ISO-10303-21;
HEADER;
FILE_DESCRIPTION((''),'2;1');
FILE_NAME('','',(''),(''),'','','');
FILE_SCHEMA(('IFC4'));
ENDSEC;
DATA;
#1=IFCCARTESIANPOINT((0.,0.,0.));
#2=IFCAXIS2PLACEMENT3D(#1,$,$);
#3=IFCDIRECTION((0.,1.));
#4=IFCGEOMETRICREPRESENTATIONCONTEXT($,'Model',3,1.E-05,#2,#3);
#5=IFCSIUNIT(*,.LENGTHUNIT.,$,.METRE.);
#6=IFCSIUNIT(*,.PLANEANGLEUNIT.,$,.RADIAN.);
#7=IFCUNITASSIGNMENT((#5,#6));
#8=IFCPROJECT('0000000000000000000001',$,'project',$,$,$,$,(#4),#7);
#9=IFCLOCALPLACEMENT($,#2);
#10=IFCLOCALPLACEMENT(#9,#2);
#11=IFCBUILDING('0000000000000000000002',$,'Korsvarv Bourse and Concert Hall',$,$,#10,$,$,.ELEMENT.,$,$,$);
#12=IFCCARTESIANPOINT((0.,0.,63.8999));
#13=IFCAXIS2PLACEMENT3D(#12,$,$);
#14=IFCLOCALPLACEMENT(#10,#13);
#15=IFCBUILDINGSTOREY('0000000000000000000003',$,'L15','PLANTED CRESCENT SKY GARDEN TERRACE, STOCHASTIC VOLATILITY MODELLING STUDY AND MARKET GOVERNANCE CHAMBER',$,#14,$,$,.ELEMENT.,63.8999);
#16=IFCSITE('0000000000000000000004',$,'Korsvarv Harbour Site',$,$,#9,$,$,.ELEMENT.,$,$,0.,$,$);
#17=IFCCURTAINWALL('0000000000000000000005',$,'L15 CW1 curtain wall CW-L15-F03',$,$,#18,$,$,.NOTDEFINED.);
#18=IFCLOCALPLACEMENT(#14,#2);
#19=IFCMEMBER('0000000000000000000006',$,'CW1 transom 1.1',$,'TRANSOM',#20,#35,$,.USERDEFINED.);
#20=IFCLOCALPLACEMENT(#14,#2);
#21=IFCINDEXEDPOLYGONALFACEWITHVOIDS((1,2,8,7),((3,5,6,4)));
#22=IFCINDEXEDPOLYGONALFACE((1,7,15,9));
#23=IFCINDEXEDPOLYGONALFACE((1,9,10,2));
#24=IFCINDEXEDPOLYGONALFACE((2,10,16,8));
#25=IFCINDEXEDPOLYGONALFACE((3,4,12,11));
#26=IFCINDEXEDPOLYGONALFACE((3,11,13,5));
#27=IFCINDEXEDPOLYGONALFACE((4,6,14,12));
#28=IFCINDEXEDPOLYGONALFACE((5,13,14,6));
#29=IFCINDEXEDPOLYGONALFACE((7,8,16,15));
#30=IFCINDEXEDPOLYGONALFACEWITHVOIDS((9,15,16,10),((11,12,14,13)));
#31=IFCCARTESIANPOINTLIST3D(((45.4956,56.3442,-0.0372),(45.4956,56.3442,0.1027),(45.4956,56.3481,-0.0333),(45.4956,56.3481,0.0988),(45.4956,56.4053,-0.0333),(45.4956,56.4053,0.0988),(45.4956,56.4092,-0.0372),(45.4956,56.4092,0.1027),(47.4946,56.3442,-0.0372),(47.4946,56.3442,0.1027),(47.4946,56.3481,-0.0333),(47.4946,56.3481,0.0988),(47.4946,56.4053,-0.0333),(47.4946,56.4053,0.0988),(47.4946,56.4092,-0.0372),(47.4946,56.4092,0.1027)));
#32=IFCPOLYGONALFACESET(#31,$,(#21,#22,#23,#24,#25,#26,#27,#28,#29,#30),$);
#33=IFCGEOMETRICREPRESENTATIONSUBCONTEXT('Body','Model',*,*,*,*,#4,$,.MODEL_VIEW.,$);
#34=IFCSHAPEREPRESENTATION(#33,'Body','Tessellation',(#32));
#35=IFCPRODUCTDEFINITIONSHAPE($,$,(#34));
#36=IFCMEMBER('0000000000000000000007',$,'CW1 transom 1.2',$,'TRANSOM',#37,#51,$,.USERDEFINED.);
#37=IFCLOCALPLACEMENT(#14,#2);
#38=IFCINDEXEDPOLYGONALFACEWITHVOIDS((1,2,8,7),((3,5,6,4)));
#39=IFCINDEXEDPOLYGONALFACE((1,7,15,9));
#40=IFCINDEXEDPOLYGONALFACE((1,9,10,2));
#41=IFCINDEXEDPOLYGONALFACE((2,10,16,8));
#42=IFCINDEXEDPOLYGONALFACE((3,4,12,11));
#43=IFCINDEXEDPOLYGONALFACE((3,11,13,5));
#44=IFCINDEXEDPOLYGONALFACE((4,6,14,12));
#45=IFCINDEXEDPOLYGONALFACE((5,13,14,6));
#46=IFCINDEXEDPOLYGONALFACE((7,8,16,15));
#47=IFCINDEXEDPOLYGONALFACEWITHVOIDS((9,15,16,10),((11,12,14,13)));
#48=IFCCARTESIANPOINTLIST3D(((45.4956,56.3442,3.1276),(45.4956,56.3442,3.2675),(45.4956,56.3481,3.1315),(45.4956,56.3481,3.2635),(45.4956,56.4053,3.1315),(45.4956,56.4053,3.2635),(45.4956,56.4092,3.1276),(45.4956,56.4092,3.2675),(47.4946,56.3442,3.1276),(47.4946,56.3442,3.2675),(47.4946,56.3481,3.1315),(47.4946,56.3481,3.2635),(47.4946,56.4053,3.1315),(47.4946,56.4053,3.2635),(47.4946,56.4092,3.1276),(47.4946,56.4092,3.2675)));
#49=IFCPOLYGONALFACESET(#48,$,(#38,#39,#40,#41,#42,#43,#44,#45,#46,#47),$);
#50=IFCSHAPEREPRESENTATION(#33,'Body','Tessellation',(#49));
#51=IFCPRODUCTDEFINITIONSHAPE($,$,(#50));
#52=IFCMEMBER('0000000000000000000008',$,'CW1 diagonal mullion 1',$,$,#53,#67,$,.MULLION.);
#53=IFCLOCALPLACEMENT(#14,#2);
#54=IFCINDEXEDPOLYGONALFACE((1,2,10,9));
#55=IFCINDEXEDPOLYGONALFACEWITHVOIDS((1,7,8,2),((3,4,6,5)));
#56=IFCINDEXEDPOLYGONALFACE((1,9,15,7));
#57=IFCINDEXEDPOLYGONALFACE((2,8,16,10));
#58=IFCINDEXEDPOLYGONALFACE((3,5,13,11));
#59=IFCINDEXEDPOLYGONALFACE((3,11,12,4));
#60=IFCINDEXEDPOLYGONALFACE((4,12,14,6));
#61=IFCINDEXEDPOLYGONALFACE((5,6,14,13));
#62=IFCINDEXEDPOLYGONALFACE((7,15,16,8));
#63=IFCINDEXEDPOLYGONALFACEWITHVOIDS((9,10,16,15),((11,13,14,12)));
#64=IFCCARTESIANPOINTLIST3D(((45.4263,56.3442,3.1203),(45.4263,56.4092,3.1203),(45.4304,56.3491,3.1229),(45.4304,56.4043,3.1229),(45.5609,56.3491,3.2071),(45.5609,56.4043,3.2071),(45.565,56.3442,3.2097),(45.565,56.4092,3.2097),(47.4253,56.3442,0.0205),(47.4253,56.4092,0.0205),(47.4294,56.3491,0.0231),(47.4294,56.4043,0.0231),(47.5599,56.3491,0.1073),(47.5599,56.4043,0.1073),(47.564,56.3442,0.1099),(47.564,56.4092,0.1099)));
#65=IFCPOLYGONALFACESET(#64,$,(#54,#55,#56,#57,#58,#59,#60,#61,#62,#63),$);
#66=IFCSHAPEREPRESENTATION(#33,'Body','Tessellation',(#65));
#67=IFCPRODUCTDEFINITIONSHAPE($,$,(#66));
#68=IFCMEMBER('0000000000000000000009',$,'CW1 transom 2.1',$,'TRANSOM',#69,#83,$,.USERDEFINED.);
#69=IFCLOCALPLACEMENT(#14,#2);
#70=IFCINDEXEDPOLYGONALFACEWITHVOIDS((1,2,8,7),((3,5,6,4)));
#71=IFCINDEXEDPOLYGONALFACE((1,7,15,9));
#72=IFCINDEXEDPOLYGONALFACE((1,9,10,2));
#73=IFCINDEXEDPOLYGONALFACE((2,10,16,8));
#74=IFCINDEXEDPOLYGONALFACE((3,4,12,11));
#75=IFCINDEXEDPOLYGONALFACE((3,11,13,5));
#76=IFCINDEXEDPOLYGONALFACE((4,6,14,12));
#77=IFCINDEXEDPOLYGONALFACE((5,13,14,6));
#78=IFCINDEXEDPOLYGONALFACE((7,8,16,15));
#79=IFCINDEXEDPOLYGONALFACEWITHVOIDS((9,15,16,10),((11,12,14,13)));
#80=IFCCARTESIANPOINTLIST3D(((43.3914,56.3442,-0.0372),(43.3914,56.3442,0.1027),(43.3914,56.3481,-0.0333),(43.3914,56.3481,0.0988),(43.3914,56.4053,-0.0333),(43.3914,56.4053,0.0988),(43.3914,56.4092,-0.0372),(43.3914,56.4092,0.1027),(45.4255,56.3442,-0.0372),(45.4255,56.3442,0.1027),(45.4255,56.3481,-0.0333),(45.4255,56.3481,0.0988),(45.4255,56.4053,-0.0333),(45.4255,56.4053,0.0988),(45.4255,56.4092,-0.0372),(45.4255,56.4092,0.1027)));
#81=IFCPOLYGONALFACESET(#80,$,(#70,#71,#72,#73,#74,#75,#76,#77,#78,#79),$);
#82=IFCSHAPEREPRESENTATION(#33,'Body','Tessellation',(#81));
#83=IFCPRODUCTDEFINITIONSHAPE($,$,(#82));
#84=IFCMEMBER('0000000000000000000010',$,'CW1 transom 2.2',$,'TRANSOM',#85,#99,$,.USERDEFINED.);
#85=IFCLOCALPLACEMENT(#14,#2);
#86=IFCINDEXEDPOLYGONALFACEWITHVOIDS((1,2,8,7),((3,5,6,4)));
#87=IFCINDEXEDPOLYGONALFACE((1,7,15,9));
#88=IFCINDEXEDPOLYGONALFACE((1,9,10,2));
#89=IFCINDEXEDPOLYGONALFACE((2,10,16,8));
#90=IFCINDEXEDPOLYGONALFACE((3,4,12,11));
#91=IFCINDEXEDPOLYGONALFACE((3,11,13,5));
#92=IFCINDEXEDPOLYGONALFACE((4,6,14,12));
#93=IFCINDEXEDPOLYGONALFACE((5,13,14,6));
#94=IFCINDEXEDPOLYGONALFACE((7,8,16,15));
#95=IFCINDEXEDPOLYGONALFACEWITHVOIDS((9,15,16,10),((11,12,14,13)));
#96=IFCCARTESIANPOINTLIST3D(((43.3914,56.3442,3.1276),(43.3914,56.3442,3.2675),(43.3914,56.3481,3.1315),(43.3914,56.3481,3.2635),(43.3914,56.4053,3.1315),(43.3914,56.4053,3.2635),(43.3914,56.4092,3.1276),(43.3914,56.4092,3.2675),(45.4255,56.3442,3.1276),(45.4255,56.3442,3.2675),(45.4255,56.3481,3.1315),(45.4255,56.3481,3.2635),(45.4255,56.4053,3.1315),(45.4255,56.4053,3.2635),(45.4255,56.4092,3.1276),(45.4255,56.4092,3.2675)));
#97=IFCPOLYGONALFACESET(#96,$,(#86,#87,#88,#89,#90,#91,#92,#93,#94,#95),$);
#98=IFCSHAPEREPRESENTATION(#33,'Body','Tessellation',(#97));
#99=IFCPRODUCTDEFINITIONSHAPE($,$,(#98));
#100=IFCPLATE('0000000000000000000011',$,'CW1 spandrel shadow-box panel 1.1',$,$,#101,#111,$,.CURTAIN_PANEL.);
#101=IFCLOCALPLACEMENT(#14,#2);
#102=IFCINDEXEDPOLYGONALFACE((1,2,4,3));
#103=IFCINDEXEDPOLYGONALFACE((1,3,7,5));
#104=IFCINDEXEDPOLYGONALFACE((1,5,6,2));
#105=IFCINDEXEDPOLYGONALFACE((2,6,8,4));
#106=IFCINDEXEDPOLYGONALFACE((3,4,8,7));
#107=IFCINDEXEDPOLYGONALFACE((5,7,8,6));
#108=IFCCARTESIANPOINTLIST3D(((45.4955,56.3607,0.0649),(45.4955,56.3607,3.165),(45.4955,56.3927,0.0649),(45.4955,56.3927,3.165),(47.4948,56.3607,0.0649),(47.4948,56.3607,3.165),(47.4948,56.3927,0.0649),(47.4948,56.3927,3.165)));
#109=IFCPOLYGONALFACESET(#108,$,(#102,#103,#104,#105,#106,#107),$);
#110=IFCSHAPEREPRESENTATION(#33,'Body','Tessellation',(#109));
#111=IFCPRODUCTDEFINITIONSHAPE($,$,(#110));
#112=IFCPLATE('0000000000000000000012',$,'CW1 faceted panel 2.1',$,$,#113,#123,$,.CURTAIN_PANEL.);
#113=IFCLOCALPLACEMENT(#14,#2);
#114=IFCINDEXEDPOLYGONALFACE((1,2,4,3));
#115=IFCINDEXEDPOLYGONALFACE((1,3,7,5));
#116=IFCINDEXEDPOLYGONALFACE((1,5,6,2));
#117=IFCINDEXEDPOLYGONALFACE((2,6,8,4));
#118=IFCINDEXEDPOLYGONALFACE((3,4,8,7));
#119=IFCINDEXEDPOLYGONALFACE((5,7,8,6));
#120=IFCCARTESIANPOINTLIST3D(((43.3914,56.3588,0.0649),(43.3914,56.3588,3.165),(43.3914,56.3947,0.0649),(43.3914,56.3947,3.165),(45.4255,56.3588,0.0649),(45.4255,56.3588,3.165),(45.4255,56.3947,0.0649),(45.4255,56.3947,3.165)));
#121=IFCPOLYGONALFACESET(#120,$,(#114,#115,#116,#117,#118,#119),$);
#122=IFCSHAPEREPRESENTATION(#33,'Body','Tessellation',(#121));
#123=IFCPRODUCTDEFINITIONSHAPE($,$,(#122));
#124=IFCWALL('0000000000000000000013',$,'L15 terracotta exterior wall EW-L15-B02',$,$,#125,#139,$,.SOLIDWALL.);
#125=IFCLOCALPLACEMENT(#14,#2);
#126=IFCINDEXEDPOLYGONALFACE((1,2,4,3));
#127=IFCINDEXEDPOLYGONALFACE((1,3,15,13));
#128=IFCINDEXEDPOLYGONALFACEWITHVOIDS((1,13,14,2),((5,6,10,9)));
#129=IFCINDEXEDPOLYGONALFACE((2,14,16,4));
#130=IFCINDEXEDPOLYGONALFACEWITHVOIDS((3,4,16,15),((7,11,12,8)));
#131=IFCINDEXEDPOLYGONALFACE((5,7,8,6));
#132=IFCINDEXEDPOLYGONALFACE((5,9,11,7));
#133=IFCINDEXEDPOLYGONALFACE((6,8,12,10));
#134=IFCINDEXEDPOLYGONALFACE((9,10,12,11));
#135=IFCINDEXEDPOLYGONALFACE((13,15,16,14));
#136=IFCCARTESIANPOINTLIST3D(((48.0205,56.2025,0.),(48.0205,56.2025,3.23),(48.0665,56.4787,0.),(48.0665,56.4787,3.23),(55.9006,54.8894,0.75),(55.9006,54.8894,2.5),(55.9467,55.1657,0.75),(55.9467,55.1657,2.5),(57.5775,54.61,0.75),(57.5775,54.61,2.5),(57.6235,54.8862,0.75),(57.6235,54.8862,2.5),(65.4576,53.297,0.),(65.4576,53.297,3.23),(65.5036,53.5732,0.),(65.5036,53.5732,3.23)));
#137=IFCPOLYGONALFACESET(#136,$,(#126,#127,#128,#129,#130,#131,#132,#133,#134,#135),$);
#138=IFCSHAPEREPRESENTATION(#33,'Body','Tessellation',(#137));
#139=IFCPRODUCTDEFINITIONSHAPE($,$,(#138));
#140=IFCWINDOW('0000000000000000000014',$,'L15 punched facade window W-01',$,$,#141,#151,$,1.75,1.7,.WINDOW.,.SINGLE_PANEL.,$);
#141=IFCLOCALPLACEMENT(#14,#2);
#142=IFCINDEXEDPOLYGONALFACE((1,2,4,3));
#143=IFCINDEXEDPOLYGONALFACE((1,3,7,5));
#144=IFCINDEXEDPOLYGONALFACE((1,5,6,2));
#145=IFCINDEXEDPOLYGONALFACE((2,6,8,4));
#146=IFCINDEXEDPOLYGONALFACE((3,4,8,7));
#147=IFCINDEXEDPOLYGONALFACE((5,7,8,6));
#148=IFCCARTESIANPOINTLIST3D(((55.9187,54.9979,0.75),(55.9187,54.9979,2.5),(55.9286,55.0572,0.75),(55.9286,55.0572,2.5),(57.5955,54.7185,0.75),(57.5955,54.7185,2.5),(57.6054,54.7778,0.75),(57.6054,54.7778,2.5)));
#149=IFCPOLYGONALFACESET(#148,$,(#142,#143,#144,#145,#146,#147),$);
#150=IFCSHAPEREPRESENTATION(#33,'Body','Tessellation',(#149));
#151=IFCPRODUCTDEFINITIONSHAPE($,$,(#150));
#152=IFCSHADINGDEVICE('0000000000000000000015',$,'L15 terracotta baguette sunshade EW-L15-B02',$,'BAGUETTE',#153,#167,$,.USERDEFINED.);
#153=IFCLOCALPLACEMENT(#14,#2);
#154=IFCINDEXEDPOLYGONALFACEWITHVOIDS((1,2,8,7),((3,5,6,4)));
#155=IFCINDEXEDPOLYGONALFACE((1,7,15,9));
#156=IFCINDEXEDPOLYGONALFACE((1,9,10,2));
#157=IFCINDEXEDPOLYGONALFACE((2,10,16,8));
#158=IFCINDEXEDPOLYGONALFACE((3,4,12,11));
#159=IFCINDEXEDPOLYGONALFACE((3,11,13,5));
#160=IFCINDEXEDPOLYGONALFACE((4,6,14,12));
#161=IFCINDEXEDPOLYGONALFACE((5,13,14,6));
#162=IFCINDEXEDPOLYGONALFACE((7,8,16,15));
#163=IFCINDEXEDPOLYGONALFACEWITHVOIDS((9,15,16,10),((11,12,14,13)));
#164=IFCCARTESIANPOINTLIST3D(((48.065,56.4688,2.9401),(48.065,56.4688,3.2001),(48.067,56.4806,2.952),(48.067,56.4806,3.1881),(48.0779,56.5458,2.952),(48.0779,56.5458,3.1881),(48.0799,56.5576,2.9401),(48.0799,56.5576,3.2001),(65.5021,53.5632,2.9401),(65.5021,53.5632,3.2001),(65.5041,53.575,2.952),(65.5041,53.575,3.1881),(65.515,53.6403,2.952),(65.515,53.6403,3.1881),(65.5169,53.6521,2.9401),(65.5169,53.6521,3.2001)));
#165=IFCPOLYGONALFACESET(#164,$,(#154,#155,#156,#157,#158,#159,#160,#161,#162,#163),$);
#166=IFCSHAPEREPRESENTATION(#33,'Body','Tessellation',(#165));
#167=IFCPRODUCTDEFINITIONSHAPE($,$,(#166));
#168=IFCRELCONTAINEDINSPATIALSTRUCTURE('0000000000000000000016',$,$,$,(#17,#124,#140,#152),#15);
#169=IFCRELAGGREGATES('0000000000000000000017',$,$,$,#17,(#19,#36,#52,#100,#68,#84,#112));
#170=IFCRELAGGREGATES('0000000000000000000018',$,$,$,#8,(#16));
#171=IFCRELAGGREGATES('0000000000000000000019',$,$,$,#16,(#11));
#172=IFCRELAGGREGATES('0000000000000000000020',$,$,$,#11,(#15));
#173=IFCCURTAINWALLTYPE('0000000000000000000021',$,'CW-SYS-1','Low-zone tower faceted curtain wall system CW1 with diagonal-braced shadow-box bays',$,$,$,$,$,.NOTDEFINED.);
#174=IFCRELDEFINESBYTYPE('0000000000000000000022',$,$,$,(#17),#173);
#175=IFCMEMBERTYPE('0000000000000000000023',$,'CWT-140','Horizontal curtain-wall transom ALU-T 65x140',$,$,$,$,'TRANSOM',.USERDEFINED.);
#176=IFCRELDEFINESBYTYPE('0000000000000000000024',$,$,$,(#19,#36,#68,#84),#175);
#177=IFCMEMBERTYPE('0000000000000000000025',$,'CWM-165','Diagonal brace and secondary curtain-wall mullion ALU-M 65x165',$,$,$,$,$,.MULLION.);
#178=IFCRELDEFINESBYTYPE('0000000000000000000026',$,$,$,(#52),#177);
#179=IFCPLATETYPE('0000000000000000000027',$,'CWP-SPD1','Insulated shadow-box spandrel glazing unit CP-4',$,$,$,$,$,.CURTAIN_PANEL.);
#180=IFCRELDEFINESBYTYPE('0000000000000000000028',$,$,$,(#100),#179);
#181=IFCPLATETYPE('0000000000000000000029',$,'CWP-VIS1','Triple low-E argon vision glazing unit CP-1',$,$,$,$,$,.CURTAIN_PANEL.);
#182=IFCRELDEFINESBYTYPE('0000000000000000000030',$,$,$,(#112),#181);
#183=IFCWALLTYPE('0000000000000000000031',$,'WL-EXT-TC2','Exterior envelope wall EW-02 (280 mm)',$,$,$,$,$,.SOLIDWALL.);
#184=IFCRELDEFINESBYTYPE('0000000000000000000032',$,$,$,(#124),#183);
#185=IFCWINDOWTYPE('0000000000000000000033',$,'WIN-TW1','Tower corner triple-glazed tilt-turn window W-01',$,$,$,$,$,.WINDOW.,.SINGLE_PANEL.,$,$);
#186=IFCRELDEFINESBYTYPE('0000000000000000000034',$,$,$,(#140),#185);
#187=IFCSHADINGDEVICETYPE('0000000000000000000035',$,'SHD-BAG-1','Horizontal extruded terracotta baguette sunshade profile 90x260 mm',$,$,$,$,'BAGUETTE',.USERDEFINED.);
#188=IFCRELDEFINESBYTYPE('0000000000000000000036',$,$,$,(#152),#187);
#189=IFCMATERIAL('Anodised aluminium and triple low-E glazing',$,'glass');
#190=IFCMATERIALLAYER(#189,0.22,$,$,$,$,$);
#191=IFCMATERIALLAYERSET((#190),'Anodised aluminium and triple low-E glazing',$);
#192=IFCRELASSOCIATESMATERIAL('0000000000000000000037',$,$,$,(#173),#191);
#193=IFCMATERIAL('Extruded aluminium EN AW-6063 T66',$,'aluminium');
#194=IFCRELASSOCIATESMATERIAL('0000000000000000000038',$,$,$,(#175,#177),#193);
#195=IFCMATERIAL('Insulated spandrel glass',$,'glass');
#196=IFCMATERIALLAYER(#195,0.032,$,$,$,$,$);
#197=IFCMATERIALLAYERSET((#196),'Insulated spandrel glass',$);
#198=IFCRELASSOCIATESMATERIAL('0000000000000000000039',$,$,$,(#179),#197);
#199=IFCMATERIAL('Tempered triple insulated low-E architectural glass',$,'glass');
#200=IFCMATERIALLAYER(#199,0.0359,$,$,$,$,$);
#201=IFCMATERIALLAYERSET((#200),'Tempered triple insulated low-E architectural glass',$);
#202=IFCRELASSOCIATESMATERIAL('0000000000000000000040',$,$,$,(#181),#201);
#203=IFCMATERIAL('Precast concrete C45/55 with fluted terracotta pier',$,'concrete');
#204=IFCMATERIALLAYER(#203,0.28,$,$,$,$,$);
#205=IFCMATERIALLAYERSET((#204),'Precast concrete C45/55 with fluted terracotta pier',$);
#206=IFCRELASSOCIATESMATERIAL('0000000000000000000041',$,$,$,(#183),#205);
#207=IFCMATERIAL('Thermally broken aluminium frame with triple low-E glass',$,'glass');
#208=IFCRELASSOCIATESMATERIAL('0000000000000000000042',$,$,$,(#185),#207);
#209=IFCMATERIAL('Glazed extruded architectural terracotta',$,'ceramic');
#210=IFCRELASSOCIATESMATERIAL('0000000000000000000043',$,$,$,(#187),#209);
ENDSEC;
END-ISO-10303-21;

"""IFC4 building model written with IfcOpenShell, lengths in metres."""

from ifc_helpers import new_model, si_unit, direction, frame, frame_2d, origin, origin_2d, place, context, subcontext, project, spatial, rectangle, hollow_rectangle, extrude, source, transform, mapped, material, layer, layer_set, material_profile, profile_set, type_object, element, fill, aggregate, save


model = new_model("IFC4")

# Units and contexts
model_context = context("Model", 3, precision=1e-05, world=origin(), true_north=direction((0.0, 1.0)))
body_context = subcontext(model_context, "Body", "Model", "MODEL_VIEW")
ifc_project = project(units=[si_unit("LENGTHUNIT", "METRE"), si_unit("PLANEANGLEUNIT", "RADIAN")], contexts=[model_context])

# Site, building, storey
site_placement = place(None, origin())
site = spatial("IfcSite", under=ifc_project, at=site_placement, Name="Korsvarv Harbour Site", CompositionType="ELEMENT", RefElevation=0.0)
building_placement = place(site_placement, origin())
building = spatial("IfcBuilding", under=site, at=building_placement, Name="Korsvarv Bourse and Concert Hall", CompositionType="ELEMENT")
storey_placement = place(building_placement, frame((0.0, 0.0, 63.8999)))
storey = spatial("IfcBuildingStorey", under=building, at=storey_placement, Name="L15", Description="PLANTED CRESCENT SKY GARDEN TERRACE, STOCHASTIC VOLATILITY MODELLING STUDY AND MARKET GOVERNANCE CHAMBER", CompositionType="ELEMENT", Elevation=63.8999)

# Curtain wall, members, plates
ifc_material_1 = material(Name="Anodised aluminium and triple low-E glazing", Category="glass")
ifc_layer_1 = layer(ifc_material_1, 0.22)
ifc_layer_set_1 = layer_set([ifc_layer_1], Name="Anodised aluminium and triple low-E glazing")
curtain_wall_type = type_object("IfcCurtainWallType", Name="CW-SYS-1", Description="Low-zone tower faceted curtain wall system CW1 with diagonal-braced shadow-box bays", PredefinedType="NOTDEFINED", material=ifc_layer_set_1)
curtain_wall_placement = place(storey_placement, origin())
curtain_wall = element("IfcCurtainWall", 1, at=curtain_wall_placement, inside=storey, type_object=curtain_wall_type, Name="L15 CW1 curtain wall CW-L15-F03", PredefinedType="NOTDEFINED")
ifc_material_2 = material(Name="Extruded aluminium EN AW-6063 T66", Category="aluminium")
ifc_material_profile_1 = material_profile(ifc_material_2, hollow_rectangle(XDim=0.0649, YDim=0.1399, WallThickness=0.0039, at=origin_2d()), Name="ALU-T 65x140")
ifc_profile_set_1 = profile_set([ifc_material_profile_1], Name="Extruded aluminium EN AW-6063 T66")
member_type_1 = type_object("IfcMemberType", Name="CWT-140", Description="Horizontal curtain-wall transom ALU-T 65x140", ElementType="TRANSOM", PredefinedType="USERDEFINED", material=ifc_profile_set_1)
shared_shape_1 = source(origin(), body_context, "Body", "SweptSolid", [
    extrude(hollow_rectangle(XDim=0.0649, YDim=0.1399, WallThickness=0.0039, at=origin_2d()), origin(), (0.0, 0.0, 1.0), 1.999),
])
member_1_placement = place(storey_placement, frame((47.4946, 56.3767, 0.0327), z_axis=(-1.0, 0.0, 0.0), x_axis=(0.0, -1.0, 0.0)))
member_1 = element("IfcMember", 2, at=member_1_placement, type_object=member_type_1, Name="CW1 transom 1.1", ObjectType="TRANSOM", PredefinedType="USERDEFINED", context=body_context, shape_type="MappedRepresentation", body=[
    mapped(shared_shape_1, transform((0.0, 0.0, 0.0), scale=1.0)),
])
member_2_placement = place(storey_placement, frame((47.4946, 56.3767, 3.1975), z_axis=(-1.0, 0.0, 0.0), x_axis=(0.0, -1.0, 0.0)))
member_2 = element("IfcMember", 3, at=member_2_placement, type_object=member_type_1, Name="CW1 transom 1.2", ObjectType="TRANSOM", PredefinedType="USERDEFINED", context=body_context, shape_type="MappedRepresentation", body=[
    mapped(shared_shape_1, transform((0.0, 0.0, 0.0), scale=1.0)),
])
ifc_material_profile_2 = material_profile(ifc_material_2, hollow_rectangle(XDim=0.0649, YDim=0.165, WallThickness=0.0049, at=origin_2d()), Name="ALU-M 65x165")
ifc_profile_set_2 = profile_set([ifc_material_profile_2], Name="Extruded aluminium EN AW-6063 T66")
member_type_2 = type_object("IfcMemberType", Name="CWM-165", Description="Diagonal brace and secondary curtain-wall mullion ALU-M 65x165", PredefinedType="MULLION", material=ifc_profile_set_2)
shared_shape_2 = source(origin(), body_context, "Body", "SweptSolid", [
    extrude(hollow_rectangle(XDim=0.0649, YDim=0.165, WallThickness=0.0049, at=origin_2d()), origin(), (0.0, 0.0, 1.0), 3.6885),
])
member_3_placement = place(storey_placement, frame((47.4946, 56.3767, 0.0652), z_axis=(-0.541958, 0.0, 0.840406), x_axis=(0.0, -1.0, 0.0)))
member_3 = element("IfcMember", 4, at=member_3_placement, type_object=member_type_2, Name="CW1 diagonal mullion 1", PredefinedType="MULLION", context=body_context, shape_type="MappedRepresentation", body=[
    mapped(shared_shape_2, transform((0.0, 0.0, 0.0), scale=1.0)),
])
shared_shape_3 = source(origin(), body_context, "Body", "SweptSolid", [
    extrude(hollow_rectangle(XDim=0.0649, YDim=0.1399, WallThickness=0.0039, at=origin_2d()), origin(), (0.0, 0.0, 1.0), 2.0342),
])
member_4_placement = place(storey_placement, frame((45.4255, 56.3767, 0.0327), z_axis=(-1.0, 0.0, 0.0), x_axis=(0.0, -1.0, 0.0)))
member_4 = element("IfcMember", 5, at=member_4_placement, type_object=member_type_1, Name="CW1 transom 2.1", ObjectType="TRANSOM", PredefinedType="USERDEFINED", context=body_context, shape_type="MappedRepresentation", body=[
    mapped(shared_shape_3, transform((0.0, 0.0, 0.0), scale=1.0)),
])
member_5_placement = place(storey_placement, frame((45.4255, 56.3767, 3.1975), z_axis=(-1.0, 0.0, 0.0), x_axis=(0.0, -1.0, 0.0)))
member_5 = element("IfcMember", 6, at=member_5_placement, type_object=member_type_1, Name="CW1 transom 2.2", ObjectType="TRANSOM", PredefinedType="USERDEFINED", context=body_context, shape_type="MappedRepresentation", body=[
    mapped(shared_shape_3, transform((0.0, 0.0, 0.0), scale=1.0)),
])
ifc_material_3 = material(Name="Insulated spandrel glass", Category="glass")
ifc_layer_2 = layer(ifc_material_3, 0.032)
ifc_layer_set_2 = layer_set([ifc_layer_2], Name="Insulated spandrel glass")
plate_type_1 = type_object("IfcPlateType", Name="CWP-SPD1", Description="Insulated shadow-box spandrel glazing unit CP-4", PredefinedType="CURTAIN_PANEL", material=ifc_layer_set_2)
shared_shape_4 = source(origin(), body_context, "Body", "SweptSolid", [
    extrude(rectangle(XDim=1.9993, YDim=0.032, at=origin_2d()), origin(), (0.0, 0.0, 1.0), 3.1001),
])
plate_1_placement = place(storey_placement, frame((46.4951, 56.3767, 0.0649), z_axis=(0.0, 0.0, 1.0), x_axis=(-1.0, 0.0, 0.0)))
plate_1 = element("IfcPlate", 7, at=plate_1_placement, type_object=plate_type_1, Name="CW1 spandrel shadow-box panel 1.1", PredefinedType="CURTAIN_PANEL", context=body_context, shape_type="MappedRepresentation", body=[
    mapped(shared_shape_4, transform((0.0, 0.0, 0.0), scale=1.0)),
])
ifc_material_4 = material(Name="Tempered triple insulated low-E architectural glass", Category="glass")
ifc_layer_3 = layer(ifc_material_4, 0.0359)
ifc_layer_set_3 = layer_set([ifc_layer_3], Name="Tempered triple insulated low-E architectural glass")
plate_type_2 = type_object("IfcPlateType", Name="CWP-VIS1", Description="Triple low-E argon vision glazing unit CP-1", PredefinedType="CURTAIN_PANEL", material=ifc_layer_set_3)
shared_shape_5 = source(origin(), body_context, "Body", "SweptSolid", [
    extrude(rectangle(XDim=2.0342, YDim=0.0359, at=origin_2d()), origin(), (0.0, 0.0, 1.0), 3.1001),
])
plate_2_placement = place(storey_placement, frame((44.4084, 56.3767, 0.0649), z_axis=(0.0, 0.0, 1.0), x_axis=(-1.0, 0.0, 0.0)))
plate_2 = element("IfcPlate", 8, at=plate_2_placement, type_object=plate_type_2, Name="CW1 faceted panel 2.1", PredefinedType="CURTAIN_PANEL", context=body_context, shape_type="MappedRepresentation", body=[
    mapped(shared_shape_5, transform((0.0, 0.0, 0.0), scale=1.0)),
])
aggregate(curtain_wall, [member_1, member_2, member_3, plate_1, member_4, member_5, plate_2])

# Wall, opening, window
ifc_material_5 = material(Name="Precast concrete C45/55 with fluted terracotta pier", Category="concrete")
ifc_layer_4 = layer(ifc_material_5, 0.28)
ifc_layer_set_4 = layer_set([ifc_layer_4], Name="Precast concrete C45/55 with fluted terracotta pier")
wall_type = type_object("IfcWallType", Name="WL-EXT-TC2", Description="Exterior envelope wall EW-02 (280 mm)", PredefinedType="SOLIDWALL", material=ifc_layer_set_4)
wall_placement = place(storey_placement, frame((65.4807, 53.4351, 0.0), z_axis=(0.0, 0.0, 1.0), x_axis=(-0.9864, 0.164363, 0.0)))
wall = element("IfcWall", 9, at=wall_placement, inside=storey, type_object=wall_type, Name="L15 terracotta exterior wall EW-L15-B02", PredefinedType="SOLIDWALL", context=body_context, shape_type="SweptSolid", body=[
    extrude(rectangle(XDim=17.6775, YDim=0.28, at=frame_2d((8.8389, 0.0))), origin(), (0.0, 0.0, 1.0), 3.23),
])
opening_placement = place(wall_placement, frame((7.9888, 0.0, 0.75)))
opening = element("IfcOpeningElement", 10, at=opening_placement, cuts=wall, PredefinedType="OPENING", context=body_context, shape_type="SweptSolid", body=[
    extrude(rectangle(XDim=1.7, YDim=1.75, at=frame_2d((0.8501, 0.875))), frame((0.0, 0.1499, 0.0), z_axis=(0.0, -1.0, 0.0), x_axis=(1.0, 0.0, 0.0)), (0.0, 0.0, 1.0), 0.3),
])
ifc_material_6 = material(Name="Thermally broken aluminium frame with triple low-E glass", Category="glass")
window_type = type_object("IfcWindowType", Name="WIN-TW1", Description="Tower corner triple-glazed tilt-turn window W-01", PartitioningType="SINGLE_PANEL", PredefinedType="WINDOW", material=ifc_material_6)
window_placement = place(opening_placement, origin())
window = element("IfcWindow", 11, at=window_placement, inside=storey, type_object=window_type, Name="L15 punched facade window W-01", OverallHeight=1.75, OverallWidth=1.7, PartitioningType="SINGLE_PANEL", PredefinedType="WINDOW", context=body_context, shape_type="SweptSolid", body=[
    extrude(rectangle(XDim=1.7, YDim=1.75, at=frame_2d((0.8501, 0.875))), frame((0.0, 0.03, 0.0), z_axis=(0.0, -1.0, 0.0), x_axis=(1.0, 0.0, 0.0)), (0.0, 0.0, 1.0), 0.0601),
])
fill(opening, window)

# Shading device
ifc_material_7 = material(Name="Glazed extruded architectural terracotta", Category="ceramic")
ifc_material_profile_3 = material_profile(ifc_material_7, hollow_rectangle(XDim=0.0901, YDim=0.26, WallThickness=0.012, at=origin_2d()), Name="TC-BAG 90x260")
ifc_profile_set_3 = profile_set([ifc_material_profile_3], Name="Glazed extruded architectural terracotta")
shading_device_type = type_object("IfcShadingDeviceType", Name="SHD-BAG-1", Description="Horizontal extruded terracotta baguette sunshade profile 90x260 mm", ElementType="BAGUETTE", PredefinedType="USERDEFINED", material=ifc_profile_set_3)
shared_shape_6 = source(origin(), body_context, "Body", "SweptSolid", [
    extrude(hollow_rectangle(XDim=0.0901, YDim=0.26, WallThickness=0.012, at=origin_2d()), origin(), (0.0, 0.0, 1.0), 17.6775),
])
shading_device_placement = place(storey_placement, frame((65.5095, 53.6077, 3.0701), z_axis=(-0.9864, 0.164363, 0.0), x_axis=(-0.164363, -0.9864, 0.0)))
element("IfcShadingDevice", 12, at=shading_device_placement, inside=storey, type_object=shading_device_type, Name="L15 terracotta baguette sunshade EW-L15-B02", ObjectType="BAGUETTE", PredefinedType="USERDEFINED", context=body_context, shape_type="MappedRepresentation", body=[
    mapped(shared_shape_6, transform((0.0, 0.0, 0.0), scale=1.0)),
])

save(model, "model.ifc")
